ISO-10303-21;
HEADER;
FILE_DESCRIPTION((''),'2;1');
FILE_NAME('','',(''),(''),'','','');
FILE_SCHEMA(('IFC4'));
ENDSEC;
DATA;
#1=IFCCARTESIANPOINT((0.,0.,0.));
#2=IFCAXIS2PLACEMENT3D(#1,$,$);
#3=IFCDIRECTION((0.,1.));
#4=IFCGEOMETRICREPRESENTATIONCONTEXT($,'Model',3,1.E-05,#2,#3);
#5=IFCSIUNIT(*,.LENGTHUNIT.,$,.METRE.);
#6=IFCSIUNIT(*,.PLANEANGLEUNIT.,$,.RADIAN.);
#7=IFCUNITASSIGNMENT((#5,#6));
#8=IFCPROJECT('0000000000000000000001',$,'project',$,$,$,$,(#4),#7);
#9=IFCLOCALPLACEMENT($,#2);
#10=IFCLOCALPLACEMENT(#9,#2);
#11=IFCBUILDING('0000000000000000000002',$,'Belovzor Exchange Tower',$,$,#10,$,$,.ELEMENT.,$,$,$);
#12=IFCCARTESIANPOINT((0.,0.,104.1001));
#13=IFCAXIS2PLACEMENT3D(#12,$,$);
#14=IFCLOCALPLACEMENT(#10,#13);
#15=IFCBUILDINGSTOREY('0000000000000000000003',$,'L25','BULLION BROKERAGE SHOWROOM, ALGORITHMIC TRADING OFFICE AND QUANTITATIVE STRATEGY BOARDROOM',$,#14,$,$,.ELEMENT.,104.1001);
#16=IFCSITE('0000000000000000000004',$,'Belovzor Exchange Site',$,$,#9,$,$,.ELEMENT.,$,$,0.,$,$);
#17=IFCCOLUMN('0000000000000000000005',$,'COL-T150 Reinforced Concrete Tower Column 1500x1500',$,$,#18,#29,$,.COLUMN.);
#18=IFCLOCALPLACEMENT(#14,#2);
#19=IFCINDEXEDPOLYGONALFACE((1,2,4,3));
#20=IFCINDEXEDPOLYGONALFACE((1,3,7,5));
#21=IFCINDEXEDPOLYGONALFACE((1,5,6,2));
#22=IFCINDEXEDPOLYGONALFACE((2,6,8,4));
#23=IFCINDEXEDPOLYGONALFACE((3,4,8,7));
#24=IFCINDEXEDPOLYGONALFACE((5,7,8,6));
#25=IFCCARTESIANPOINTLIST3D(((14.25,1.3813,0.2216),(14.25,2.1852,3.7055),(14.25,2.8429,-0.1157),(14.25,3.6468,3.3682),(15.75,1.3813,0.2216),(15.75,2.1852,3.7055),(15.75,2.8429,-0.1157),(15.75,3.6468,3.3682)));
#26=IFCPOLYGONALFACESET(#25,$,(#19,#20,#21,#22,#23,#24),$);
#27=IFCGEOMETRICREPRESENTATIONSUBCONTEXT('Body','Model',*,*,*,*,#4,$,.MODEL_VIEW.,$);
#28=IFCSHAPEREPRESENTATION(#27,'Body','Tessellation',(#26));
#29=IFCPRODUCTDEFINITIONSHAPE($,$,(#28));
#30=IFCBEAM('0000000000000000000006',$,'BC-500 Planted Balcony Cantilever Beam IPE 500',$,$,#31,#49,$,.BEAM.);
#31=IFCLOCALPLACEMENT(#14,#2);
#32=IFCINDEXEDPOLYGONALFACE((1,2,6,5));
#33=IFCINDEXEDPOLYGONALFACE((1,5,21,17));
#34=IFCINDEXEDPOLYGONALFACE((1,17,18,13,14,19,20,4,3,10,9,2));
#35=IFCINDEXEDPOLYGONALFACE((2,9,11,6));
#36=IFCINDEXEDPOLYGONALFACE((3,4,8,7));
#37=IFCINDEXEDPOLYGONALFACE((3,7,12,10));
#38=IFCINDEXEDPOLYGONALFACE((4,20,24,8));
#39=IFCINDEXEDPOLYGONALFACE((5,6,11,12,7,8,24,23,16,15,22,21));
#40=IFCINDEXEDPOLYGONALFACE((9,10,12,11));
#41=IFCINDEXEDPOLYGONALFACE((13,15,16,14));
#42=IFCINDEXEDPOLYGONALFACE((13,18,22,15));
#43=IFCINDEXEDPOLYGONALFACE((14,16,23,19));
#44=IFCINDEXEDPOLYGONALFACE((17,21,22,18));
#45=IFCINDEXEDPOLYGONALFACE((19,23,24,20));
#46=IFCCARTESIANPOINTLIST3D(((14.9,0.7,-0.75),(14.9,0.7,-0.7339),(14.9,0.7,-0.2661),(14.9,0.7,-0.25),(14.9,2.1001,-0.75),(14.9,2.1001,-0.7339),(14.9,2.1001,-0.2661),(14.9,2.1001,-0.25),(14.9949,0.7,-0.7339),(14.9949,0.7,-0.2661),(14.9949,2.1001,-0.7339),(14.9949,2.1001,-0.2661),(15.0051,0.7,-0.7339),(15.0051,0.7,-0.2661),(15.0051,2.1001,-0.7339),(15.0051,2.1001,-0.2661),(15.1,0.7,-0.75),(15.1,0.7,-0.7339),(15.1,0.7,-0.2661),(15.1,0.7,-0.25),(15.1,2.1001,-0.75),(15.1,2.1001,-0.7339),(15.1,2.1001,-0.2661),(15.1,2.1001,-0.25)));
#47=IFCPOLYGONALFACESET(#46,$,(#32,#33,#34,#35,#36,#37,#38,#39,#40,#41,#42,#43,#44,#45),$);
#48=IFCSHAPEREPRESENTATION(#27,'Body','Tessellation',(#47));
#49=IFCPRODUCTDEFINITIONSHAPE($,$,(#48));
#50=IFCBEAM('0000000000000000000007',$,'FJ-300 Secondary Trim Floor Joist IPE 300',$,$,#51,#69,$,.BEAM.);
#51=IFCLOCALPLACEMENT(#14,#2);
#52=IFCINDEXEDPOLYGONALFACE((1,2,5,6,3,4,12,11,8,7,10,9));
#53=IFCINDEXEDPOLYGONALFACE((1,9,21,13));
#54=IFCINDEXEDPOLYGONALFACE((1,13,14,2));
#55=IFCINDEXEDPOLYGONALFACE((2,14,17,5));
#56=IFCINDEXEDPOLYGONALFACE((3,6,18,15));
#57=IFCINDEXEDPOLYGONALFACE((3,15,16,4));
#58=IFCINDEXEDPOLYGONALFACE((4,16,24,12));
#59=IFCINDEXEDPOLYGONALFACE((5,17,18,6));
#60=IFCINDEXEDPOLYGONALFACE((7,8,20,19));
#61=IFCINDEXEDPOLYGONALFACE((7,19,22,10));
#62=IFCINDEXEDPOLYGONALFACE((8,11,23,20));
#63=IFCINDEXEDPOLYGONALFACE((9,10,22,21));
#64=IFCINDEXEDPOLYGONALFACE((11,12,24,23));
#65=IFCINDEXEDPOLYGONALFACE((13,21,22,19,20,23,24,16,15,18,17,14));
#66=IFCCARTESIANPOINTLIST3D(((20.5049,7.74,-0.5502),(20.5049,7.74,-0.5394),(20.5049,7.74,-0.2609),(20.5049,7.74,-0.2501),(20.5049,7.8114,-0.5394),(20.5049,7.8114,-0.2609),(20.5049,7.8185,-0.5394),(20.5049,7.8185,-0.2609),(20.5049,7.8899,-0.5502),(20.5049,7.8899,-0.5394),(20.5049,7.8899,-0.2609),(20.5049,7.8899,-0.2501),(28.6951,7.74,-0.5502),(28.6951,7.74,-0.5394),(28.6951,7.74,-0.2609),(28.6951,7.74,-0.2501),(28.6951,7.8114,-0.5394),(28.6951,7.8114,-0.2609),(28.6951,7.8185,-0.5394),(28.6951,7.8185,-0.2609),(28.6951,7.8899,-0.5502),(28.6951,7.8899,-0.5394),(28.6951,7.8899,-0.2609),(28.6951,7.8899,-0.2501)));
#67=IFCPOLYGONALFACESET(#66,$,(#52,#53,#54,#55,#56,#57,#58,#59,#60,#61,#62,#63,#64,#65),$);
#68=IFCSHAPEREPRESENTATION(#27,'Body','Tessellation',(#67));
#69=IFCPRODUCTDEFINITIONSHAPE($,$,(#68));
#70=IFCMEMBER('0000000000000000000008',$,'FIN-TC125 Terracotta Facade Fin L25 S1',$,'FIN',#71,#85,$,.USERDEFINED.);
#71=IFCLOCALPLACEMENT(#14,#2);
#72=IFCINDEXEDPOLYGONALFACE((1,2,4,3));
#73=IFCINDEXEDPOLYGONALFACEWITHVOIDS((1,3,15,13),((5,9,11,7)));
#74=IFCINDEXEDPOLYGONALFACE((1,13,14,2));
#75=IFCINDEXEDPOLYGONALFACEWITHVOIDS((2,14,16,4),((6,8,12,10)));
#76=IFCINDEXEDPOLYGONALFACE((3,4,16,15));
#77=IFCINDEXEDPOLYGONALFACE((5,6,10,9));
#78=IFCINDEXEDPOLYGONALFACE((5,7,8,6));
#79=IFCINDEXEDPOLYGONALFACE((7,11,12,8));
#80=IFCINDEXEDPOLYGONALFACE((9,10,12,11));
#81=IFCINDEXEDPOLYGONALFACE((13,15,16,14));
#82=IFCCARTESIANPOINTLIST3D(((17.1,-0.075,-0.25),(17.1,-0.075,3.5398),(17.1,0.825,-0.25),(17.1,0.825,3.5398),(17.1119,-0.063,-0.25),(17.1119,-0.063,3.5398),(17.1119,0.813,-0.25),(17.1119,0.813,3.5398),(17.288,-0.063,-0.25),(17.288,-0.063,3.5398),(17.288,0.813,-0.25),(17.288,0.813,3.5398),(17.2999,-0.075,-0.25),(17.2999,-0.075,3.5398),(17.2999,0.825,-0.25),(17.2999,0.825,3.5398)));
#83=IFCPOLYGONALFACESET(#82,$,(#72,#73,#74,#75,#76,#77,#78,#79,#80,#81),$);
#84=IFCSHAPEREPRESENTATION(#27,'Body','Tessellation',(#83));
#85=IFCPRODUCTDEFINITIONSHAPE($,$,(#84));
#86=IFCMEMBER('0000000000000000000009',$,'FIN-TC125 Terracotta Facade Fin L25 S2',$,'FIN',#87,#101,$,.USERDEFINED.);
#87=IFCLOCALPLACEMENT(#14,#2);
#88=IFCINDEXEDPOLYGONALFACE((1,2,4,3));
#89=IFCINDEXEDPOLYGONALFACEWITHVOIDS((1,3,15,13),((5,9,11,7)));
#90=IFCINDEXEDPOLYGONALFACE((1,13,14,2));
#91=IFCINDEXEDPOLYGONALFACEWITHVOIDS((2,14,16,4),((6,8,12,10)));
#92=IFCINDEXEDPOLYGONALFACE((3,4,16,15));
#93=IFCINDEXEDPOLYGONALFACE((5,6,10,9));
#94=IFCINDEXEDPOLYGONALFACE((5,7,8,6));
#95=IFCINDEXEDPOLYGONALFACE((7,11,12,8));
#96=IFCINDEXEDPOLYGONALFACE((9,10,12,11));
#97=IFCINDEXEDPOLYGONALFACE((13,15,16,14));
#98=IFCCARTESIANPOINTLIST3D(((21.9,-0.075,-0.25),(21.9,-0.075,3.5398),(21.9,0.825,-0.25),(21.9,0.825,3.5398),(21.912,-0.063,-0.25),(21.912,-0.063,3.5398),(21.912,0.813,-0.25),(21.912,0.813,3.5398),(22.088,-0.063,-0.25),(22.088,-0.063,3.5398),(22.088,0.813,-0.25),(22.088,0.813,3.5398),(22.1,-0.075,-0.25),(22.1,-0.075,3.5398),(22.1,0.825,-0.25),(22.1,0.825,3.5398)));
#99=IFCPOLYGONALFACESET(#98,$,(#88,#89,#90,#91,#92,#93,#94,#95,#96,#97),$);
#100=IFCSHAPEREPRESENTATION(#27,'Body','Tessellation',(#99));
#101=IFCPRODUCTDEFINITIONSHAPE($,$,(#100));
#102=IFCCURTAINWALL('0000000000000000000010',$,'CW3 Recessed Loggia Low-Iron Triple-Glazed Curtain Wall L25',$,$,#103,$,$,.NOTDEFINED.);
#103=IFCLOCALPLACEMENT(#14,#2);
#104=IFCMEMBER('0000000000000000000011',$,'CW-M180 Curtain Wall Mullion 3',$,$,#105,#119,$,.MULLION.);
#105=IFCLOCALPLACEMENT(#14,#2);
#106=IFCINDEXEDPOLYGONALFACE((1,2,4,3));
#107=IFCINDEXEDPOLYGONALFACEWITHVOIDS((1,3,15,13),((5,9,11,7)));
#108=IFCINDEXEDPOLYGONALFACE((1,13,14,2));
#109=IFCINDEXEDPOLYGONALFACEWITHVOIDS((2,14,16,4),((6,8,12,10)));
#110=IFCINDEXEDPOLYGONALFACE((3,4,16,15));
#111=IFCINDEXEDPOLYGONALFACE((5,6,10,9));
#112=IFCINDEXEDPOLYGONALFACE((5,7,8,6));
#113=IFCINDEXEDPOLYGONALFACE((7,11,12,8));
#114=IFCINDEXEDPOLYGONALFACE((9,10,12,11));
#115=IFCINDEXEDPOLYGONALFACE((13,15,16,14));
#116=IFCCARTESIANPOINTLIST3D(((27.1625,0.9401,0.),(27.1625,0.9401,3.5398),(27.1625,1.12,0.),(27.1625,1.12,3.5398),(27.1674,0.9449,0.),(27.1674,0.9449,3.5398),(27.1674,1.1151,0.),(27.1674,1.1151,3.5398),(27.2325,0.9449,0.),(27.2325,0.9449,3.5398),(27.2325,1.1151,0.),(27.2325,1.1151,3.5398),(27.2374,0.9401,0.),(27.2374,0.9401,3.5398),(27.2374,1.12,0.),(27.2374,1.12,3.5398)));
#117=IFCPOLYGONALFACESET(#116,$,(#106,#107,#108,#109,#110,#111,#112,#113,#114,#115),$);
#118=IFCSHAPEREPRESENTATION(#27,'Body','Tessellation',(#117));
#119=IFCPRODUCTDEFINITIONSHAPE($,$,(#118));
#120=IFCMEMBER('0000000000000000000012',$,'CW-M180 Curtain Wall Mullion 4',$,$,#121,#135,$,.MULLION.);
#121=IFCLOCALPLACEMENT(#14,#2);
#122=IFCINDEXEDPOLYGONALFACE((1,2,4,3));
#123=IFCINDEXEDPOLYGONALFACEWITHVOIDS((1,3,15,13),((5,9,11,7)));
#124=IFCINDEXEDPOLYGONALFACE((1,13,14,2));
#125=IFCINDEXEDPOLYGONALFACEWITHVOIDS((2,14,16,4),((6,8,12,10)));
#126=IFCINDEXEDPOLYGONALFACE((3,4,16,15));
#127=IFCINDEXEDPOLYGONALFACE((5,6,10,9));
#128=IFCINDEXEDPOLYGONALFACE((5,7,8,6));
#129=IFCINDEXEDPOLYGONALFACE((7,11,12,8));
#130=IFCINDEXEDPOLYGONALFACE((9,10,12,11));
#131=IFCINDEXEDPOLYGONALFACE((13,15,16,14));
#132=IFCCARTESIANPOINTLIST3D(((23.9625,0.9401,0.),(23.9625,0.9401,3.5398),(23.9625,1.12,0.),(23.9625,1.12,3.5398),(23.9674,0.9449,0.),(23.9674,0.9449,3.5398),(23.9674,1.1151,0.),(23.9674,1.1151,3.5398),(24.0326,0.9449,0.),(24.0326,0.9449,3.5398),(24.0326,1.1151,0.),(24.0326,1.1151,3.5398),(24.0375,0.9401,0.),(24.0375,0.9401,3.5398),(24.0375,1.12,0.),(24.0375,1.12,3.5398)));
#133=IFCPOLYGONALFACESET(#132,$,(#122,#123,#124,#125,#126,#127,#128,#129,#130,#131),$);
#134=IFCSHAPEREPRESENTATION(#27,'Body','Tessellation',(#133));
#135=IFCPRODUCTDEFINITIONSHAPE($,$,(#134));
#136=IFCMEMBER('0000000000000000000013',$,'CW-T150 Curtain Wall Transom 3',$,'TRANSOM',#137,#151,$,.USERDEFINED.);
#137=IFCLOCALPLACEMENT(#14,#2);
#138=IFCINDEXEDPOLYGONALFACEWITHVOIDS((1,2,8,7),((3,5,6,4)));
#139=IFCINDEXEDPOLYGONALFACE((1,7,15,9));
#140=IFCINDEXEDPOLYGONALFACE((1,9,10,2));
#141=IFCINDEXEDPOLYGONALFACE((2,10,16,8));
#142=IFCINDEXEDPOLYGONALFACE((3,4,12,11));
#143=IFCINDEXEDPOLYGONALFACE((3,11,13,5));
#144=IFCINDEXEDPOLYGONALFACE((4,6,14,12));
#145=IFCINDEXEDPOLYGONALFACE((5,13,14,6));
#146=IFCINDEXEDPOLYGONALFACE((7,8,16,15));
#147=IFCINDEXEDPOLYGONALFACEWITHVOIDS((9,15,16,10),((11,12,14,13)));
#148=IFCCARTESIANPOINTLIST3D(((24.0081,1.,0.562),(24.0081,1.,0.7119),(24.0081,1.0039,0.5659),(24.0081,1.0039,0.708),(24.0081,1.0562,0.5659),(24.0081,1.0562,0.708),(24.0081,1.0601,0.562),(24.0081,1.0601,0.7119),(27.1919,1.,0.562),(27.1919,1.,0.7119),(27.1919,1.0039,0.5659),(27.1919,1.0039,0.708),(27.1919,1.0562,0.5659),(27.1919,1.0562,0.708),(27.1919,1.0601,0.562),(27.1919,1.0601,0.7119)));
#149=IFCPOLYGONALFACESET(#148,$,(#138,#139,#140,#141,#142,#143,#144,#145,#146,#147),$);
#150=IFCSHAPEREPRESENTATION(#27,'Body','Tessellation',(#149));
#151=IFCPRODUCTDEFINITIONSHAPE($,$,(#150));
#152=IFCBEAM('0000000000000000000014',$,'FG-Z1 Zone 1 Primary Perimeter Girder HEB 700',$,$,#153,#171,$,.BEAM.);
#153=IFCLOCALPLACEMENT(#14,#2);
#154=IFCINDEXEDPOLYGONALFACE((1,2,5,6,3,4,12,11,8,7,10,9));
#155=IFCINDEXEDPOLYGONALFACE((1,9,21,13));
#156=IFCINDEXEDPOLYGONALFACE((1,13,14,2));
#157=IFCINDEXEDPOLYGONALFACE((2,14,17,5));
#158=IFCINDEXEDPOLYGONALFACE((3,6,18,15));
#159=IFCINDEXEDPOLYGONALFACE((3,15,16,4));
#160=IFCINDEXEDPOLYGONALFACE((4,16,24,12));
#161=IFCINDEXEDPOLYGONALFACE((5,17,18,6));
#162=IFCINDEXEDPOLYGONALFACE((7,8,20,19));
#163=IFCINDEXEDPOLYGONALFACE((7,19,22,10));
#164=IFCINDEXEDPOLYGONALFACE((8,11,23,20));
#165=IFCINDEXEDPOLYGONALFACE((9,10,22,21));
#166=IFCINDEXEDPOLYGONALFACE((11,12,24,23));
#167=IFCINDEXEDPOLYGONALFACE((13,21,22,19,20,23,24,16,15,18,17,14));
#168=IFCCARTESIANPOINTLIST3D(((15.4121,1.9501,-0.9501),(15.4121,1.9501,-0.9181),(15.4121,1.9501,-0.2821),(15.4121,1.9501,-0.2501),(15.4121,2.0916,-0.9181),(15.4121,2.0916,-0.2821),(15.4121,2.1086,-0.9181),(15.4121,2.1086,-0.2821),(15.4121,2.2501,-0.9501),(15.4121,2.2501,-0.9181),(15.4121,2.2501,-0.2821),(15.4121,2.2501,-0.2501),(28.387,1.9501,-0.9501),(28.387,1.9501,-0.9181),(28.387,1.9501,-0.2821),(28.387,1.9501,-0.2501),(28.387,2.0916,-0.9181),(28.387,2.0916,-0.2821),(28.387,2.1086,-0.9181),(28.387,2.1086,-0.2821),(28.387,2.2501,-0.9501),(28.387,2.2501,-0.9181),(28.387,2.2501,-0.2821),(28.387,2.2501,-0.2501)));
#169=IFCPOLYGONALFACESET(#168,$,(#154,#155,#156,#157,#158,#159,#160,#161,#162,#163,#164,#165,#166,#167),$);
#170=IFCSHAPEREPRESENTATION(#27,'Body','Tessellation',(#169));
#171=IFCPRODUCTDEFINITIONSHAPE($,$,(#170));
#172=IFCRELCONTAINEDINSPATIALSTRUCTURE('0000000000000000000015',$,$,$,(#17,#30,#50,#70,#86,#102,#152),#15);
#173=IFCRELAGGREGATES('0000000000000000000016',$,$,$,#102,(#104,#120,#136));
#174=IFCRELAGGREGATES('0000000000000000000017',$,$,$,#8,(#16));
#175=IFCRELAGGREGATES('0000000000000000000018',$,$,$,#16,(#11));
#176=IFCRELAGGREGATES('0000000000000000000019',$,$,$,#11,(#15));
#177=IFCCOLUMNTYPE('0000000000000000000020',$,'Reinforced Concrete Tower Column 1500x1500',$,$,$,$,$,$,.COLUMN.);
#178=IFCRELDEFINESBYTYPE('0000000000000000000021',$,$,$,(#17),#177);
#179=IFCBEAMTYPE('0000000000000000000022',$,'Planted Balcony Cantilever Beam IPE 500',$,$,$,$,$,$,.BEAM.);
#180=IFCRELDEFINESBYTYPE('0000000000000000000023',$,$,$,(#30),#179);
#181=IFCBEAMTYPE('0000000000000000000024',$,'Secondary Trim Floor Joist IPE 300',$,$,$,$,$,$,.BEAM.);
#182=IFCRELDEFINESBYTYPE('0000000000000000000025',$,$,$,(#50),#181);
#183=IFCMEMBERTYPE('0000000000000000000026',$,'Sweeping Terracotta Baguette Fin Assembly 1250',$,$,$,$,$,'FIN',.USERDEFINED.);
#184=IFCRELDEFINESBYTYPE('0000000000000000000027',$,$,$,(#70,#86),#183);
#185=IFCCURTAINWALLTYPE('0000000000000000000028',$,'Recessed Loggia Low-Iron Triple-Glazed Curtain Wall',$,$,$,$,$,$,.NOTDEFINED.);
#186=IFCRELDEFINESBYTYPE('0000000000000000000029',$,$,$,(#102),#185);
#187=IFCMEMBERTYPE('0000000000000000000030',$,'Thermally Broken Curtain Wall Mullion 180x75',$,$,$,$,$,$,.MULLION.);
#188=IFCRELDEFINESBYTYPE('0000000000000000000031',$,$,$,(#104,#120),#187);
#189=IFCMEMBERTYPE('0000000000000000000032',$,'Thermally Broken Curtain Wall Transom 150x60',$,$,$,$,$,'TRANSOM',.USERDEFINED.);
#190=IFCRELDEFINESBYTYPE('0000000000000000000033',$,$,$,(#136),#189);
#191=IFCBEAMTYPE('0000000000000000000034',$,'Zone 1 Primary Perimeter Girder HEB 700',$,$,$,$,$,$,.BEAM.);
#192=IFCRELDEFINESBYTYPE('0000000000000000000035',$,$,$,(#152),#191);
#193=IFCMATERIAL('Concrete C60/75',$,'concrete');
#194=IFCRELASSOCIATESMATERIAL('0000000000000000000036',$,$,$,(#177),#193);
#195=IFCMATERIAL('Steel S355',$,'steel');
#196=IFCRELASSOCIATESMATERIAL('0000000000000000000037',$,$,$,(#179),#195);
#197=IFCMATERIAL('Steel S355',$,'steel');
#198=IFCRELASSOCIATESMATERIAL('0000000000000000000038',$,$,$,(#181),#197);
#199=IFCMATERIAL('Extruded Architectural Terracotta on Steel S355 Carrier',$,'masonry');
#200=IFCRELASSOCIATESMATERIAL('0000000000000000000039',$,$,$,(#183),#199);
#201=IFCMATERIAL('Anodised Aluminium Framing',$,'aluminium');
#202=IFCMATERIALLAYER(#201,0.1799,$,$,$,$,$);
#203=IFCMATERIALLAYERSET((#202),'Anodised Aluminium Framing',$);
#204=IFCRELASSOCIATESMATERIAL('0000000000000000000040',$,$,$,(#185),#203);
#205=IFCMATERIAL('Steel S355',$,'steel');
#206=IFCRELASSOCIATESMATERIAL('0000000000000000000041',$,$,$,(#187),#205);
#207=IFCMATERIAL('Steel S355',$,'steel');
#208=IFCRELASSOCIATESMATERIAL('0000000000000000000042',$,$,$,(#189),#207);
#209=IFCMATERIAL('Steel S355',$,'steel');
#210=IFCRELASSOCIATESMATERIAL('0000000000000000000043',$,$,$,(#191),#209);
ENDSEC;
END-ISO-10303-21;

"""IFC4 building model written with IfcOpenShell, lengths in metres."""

from ifc_helpers import new_model, si_unit, direction, frame, origin, origin_2d, place, context, subcontext, project, spatial, rectangle, hollow_rectangle, i_section, extrude, material, layer, layer_set, material_profile, profile_set, type_object, element, aggregate, save


model = new_model("IFC4")

# Units and contexts
model_context = context("Model", 3, precision=1e-05, world=origin(), true_north=direction((0.0, 1.0)))
body_context = subcontext(model_context, "Body", "Model", "MODEL_VIEW")
ifc_project = project(units=[si_unit("LENGTHUNIT", "METRE"), si_unit("PLANEANGLEUNIT", "RADIAN")], contexts=[model_context])

# Site, building, storey
site_placement = place(None, origin())
site = spatial("IfcSite", under=ifc_project, at=site_placement, Name="Belovzor Exchange Site", CompositionType="ELEMENT", RefElevation=0.0)
building_placement = place(site_placement, origin())
building = spatial("IfcBuilding", under=site, at=building_placement, Name="Belovzor Exchange Tower", CompositionType="ELEMENT")
storey_placement = place(building_placement, frame((0.0, 0.0, 104.1001)))
storey = spatial("IfcBuildingStorey", under=building, at=storey_placement, Name="L25", Description="BULLION BROKERAGE SHOWROOM, ALGORITHMIC TRADING OFFICE AND QUANTITATIVE STRATEGY BOARDROOM", CompositionType="ELEMENT", Elevation=104.1001)

# Column
ifc_material_1 = material(Name="Concrete C60/75", Category="concrete")
ifc_material_profile_1 = material_profile(ifc_material_1, rectangle(XDim=1.5, YDim=1.5, at=origin_2d()))
ifc_profile_set_1 = profile_set([ifc_material_profile_1], Name="Concrete C60/75")
column_type = type_object("IfcColumnType", Name="Reinforced Concrete Tower Column 1500x1500", PredefinedType="COLUMN", material=ifc_profile_set_1)
column_placement = place(storey_placement, frame((15.0, 2.1121, 0.053), z_axis=(0.0, 0.224855, 0.974392), x_axis=(-1.0, 0.0, 0.0)))
element("IfcColumn", 1, at=column_placement, inside=storey, type_object=column_type, Name="COL-T150 Reinforced Concrete Tower Column 1500x1500", PredefinedType="COLUMN", context=body_context, shape_type="SweptSolid", body=[
    extrude(rectangle(XDim=1.5, YDim=1.5, at=origin_2d()), origin(), (0.0, 0.0, 1.0), 3.5754),
])

# Beams
ifc_material_2 = material(Name="Steel S355", Category="steel")
ifc_material_profile_2 = material_profile(ifc_material_2, i_section(OverallWidth=0.2, OverallDepth=0.5, WebThickness=0.0103, FlangeThickness=0.0161, at=origin_2d()))
ifc_profile_set_2 = profile_set([ifc_material_profile_2], Name="Steel S355")
beam_type_1 = type_object("IfcBeamType", Name="Planted Balcony Cantilever Beam IPE 500", PredefinedType="BEAM", material=ifc_profile_set_2)
beam_1_placement = place(storey_placement, frame((15.0, 2.1001, -0.5), z_axis=(0.0, -1.0, 0.0), x_axis=(1.0, 0.0, 0.0)))
element("IfcBeam", 2, at=beam_1_placement, inside=storey, type_object=beam_type_1, Name="BC-500 Planted Balcony Cantilever Beam IPE 500", PredefinedType="BEAM", context=body_context, shape_type="SweptSolid", body=[
    extrude(i_section(OverallWidth=0.2, OverallDepth=0.5, WebThickness=0.0103, FlangeThickness=0.0161, at=origin_2d()), origin(), (0.0, 0.0, 1.0), 1.4001),
])
ifc_material_3 = material(Name="Steel S355", Category="steel")
ifc_material_profile_3 = material_profile(ifc_material_3, i_section(OverallWidth=0.1499, OverallDepth=0.3, WebThickness=0.0071, FlangeThickness=0.0107, at=origin_2d()))
ifc_profile_set_3 = profile_set([ifc_material_profile_3], Name="Steel S355")
beam_type_2 = type_object("IfcBeamType", Name="Secondary Trim Floor Joist IPE 300", PredefinedType="BEAM", material=ifc_profile_set_3)
beam_2_placement = place(storey_placement, frame((20.5049, 7.8149, -0.4001), z_axis=(1.0, 0.0, 0.0), x_axis=(0.0, 1.0, 0.0)))
element("IfcBeam", 3, at=beam_2_placement, inside=storey, type_object=beam_type_2, Name="FJ-300 Secondary Trim Floor Joist IPE 300", PredefinedType="BEAM", context=body_context, shape_type="SweptSolid", body=[
    extrude(i_section(OverallWidth=0.1499, OverallDepth=0.3, WebThickness=0.0071, FlangeThickness=0.0107, at=origin_2d()), origin(), (0.0, 0.0, 1.0), 8.1902),
])

# Members
ifc_material_4 = material(Name="Extruded Architectural Terracotta on Steel S355 Carrier", Category="masonry")
ifc_material_profile_4 = material_profile(ifc_material_4, hollow_rectangle(XDim=0.2, YDim=0.8999, WallThickness=0.012, at=origin_2d()))
ifc_profile_set_4 = profile_set([ifc_material_profile_4], Name="Extruded Architectural Terracotta on Steel S355 Carrier")
member_type_1 = type_object("IfcMemberType", Name="Sweeping Terracotta Baguette Fin Assembly 1250", ElementType="FIN", PredefinedType="USERDEFINED", material=ifc_profile_set_4)
for number, where, z_axis, x_axis, name in (
    (4, (17.2, 0.375, -0.25), (0.0, 0.0, 1.0), (1.0, 0.0, 0.0), "FIN-TC125 Terracotta Facade Fin L25 S1"),
    (5, (22.0, 0.375, -0.25), (0.0, 0.0, 1.0), (1.0, 0.0, 0.0), "FIN-TC125 Terracotta Facade Fin L25 S2"),
):
    element("IfcMember", number, at=place(storey_placement, frame(where, z_axis=z_axis, x_axis=x_axis)), inside=storey, type_object=member_type_1, Name=name, ObjectType="FIN", PredefinedType="USERDEFINED", context=body_context, shape_type="SweptSolid", body=[
        extrude(hollow_rectangle(XDim=0.2, YDim=0.8999, WallThickness=0.012, at=origin_2d()), origin(), (0.0, 0.0, 1.0), 3.7898),
    ])

# Curtain wall, members
ifc_material_5 = material(Name="Anodised Aluminium Framing", Category="aluminium")
ifc_layer_1 = layer(ifc_material_5, 0.1799)
ifc_layer_set_1 = layer_set([ifc_layer_1], Name="Anodised Aluminium Framing")
curtain_wall_type = type_object("IfcCurtainWallType", Name="Recessed Loggia Low-Iron Triple-Glazed Curtain Wall", PredefinedType="NOTDEFINED", material=ifc_layer_set_1)
curtain_wall_placement = place(storey_placement, origin())
curtain_wall = element("IfcCurtainWall", 6, at=curtain_wall_placement, inside=storey, type_object=curtain_wall_type, Name="CW3 Recessed Loggia Low-Iron Triple-Glazed Curtain Wall L25", PredefinedType="NOTDEFINED")
ifc_material_6 = material(Name="Steel S355", Category="steel")
ifc_material_profile_5 = material_profile(ifc_material_6, hollow_rectangle(XDim=0.075, YDim=0.1799, WallThickness=0.0049, at=origin_2d()))
ifc_profile_set_5 = profile_set([ifc_material_profile_5], Name="Steel S355")
member_type_2 = type_object("IfcMemberType", Name="Thermally Broken Curtain Wall Mullion 180x75", PredefinedType="MULLION", material=ifc_profile_set_5)
member_1_placement = place(storey_placement, frame((27.2, 1.03, 0.0), z_axis=(0.0, 0.0, 1.0), x_axis=(-1.0, 0.0, 0.0)))
member_1 = element("IfcMember", 7, at=member_1_placement, type_object=member_type_2, Name="CW-M180 Curtain Wall Mullion 3", PredefinedType="MULLION", context=body_context, shape_type="SweptSolid", body=[
    extrude(hollow_rectangle(XDim=0.075, YDim=0.1799, WallThickness=0.0049, at=origin_2d()), origin(), (0.0, 0.0, 1.0), 3.5398),
])
member_2_placement = place(storey_placement, frame((24.0, 1.03, 0.0), z_axis=(0.0, 0.0, 1.0), x_axis=(-1.0, 0.0, 0.0)))
member_2 = element("IfcMember", 8, at=member_2_placement, type_object=member_type_2, Name="CW-M180 Curtain Wall Mullion 4", PredefinedType="MULLION", context=body_context, shape_type="SweptSolid", body=[
    extrude(hollow_rectangle(XDim=0.075, YDim=0.1799, WallThickness=0.0049, at=origin_2d()), origin(), (0.0, 0.0, 1.0), 3.5398),
])
ifc_material_7 = material(Name="Steel S355", Category="steel")
ifc_material_profile_6 = material_profile(ifc_material_7, hollow_rectangle(XDim=0.0601, YDim=0.1499, WallThickness=0.0039, at=origin_2d()))
ifc_profile_set_6 = profile_set([ifc_material_profile_6], Name="Steel S355")
member_type_3 = type_object("IfcMemberType", Name="Thermally Broken Curtain Wall Transom 150x60", ElementType="TRANSOM", PredefinedType="USERDEFINED", material=ifc_profile_set_6)
member_3_placement = place(storey_placement, frame((27.1919, 1.03, 0.637), z_axis=(-1.0, 0.0, 0.0), x_axis=(0.0, -1.0, 0.0)))
member_3 = element("IfcMember", 9, at=member_3_placement, type_object=member_type_3, Name="CW-T150 Curtain Wall Transom 3", ObjectType="TRANSOM", PredefinedType="USERDEFINED", context=body_context, shape_type="SweptSolid", body=[
    extrude(hollow_rectangle(XDim=0.0601, YDim=0.1499, WallThickness=0.0039, at=origin_2d()), origin(), (0.0, 0.0, 1.0), 3.1838),
])

# Beam
ifc_material_8 = material(Name="Steel S355", Category="steel")
ifc_material_profile_7 = material_profile(ifc_material_8, i_section(OverallWidth=0.3, OverallDepth=0.7, WebThickness=0.0171, FlangeThickness=0.032, at=origin_2d()))
ifc_profile_set_7 = profile_set([ifc_material_profile_7], Name="Steel S355")
beam_type_3 = type_object("IfcBeamType", Name="Zone 1 Primary Perimeter Girder HEB 700", PredefinedType="BEAM", material=ifc_profile_set_7)
beam_3_placement = place(storey_placement, frame((15.4121, 2.1001, -0.6001), z_axis=(1.0, 0.0, 0.0), x_axis=(0.0, 1.0, 0.0)))
element("IfcBeam", 10, at=beam_3_placement, inside=storey, type_object=beam_type_3, Name="FG-Z1 Zone 1 Primary Perimeter Girder HEB 700", PredefinedType="BEAM", context=body_context, shape_type="SweptSolid", body=[
    extrude(i_section(OverallWidth=0.3, OverallDepth=0.7, WebThickness=0.0171, FlangeThickness=0.032, at=origin_2d()), origin(), (0.0, 0.0, 1.0), 12.9749),
])

aggregate(curtain_wall, [member_1, member_2, member_3])

save(model, "model.ifc")
